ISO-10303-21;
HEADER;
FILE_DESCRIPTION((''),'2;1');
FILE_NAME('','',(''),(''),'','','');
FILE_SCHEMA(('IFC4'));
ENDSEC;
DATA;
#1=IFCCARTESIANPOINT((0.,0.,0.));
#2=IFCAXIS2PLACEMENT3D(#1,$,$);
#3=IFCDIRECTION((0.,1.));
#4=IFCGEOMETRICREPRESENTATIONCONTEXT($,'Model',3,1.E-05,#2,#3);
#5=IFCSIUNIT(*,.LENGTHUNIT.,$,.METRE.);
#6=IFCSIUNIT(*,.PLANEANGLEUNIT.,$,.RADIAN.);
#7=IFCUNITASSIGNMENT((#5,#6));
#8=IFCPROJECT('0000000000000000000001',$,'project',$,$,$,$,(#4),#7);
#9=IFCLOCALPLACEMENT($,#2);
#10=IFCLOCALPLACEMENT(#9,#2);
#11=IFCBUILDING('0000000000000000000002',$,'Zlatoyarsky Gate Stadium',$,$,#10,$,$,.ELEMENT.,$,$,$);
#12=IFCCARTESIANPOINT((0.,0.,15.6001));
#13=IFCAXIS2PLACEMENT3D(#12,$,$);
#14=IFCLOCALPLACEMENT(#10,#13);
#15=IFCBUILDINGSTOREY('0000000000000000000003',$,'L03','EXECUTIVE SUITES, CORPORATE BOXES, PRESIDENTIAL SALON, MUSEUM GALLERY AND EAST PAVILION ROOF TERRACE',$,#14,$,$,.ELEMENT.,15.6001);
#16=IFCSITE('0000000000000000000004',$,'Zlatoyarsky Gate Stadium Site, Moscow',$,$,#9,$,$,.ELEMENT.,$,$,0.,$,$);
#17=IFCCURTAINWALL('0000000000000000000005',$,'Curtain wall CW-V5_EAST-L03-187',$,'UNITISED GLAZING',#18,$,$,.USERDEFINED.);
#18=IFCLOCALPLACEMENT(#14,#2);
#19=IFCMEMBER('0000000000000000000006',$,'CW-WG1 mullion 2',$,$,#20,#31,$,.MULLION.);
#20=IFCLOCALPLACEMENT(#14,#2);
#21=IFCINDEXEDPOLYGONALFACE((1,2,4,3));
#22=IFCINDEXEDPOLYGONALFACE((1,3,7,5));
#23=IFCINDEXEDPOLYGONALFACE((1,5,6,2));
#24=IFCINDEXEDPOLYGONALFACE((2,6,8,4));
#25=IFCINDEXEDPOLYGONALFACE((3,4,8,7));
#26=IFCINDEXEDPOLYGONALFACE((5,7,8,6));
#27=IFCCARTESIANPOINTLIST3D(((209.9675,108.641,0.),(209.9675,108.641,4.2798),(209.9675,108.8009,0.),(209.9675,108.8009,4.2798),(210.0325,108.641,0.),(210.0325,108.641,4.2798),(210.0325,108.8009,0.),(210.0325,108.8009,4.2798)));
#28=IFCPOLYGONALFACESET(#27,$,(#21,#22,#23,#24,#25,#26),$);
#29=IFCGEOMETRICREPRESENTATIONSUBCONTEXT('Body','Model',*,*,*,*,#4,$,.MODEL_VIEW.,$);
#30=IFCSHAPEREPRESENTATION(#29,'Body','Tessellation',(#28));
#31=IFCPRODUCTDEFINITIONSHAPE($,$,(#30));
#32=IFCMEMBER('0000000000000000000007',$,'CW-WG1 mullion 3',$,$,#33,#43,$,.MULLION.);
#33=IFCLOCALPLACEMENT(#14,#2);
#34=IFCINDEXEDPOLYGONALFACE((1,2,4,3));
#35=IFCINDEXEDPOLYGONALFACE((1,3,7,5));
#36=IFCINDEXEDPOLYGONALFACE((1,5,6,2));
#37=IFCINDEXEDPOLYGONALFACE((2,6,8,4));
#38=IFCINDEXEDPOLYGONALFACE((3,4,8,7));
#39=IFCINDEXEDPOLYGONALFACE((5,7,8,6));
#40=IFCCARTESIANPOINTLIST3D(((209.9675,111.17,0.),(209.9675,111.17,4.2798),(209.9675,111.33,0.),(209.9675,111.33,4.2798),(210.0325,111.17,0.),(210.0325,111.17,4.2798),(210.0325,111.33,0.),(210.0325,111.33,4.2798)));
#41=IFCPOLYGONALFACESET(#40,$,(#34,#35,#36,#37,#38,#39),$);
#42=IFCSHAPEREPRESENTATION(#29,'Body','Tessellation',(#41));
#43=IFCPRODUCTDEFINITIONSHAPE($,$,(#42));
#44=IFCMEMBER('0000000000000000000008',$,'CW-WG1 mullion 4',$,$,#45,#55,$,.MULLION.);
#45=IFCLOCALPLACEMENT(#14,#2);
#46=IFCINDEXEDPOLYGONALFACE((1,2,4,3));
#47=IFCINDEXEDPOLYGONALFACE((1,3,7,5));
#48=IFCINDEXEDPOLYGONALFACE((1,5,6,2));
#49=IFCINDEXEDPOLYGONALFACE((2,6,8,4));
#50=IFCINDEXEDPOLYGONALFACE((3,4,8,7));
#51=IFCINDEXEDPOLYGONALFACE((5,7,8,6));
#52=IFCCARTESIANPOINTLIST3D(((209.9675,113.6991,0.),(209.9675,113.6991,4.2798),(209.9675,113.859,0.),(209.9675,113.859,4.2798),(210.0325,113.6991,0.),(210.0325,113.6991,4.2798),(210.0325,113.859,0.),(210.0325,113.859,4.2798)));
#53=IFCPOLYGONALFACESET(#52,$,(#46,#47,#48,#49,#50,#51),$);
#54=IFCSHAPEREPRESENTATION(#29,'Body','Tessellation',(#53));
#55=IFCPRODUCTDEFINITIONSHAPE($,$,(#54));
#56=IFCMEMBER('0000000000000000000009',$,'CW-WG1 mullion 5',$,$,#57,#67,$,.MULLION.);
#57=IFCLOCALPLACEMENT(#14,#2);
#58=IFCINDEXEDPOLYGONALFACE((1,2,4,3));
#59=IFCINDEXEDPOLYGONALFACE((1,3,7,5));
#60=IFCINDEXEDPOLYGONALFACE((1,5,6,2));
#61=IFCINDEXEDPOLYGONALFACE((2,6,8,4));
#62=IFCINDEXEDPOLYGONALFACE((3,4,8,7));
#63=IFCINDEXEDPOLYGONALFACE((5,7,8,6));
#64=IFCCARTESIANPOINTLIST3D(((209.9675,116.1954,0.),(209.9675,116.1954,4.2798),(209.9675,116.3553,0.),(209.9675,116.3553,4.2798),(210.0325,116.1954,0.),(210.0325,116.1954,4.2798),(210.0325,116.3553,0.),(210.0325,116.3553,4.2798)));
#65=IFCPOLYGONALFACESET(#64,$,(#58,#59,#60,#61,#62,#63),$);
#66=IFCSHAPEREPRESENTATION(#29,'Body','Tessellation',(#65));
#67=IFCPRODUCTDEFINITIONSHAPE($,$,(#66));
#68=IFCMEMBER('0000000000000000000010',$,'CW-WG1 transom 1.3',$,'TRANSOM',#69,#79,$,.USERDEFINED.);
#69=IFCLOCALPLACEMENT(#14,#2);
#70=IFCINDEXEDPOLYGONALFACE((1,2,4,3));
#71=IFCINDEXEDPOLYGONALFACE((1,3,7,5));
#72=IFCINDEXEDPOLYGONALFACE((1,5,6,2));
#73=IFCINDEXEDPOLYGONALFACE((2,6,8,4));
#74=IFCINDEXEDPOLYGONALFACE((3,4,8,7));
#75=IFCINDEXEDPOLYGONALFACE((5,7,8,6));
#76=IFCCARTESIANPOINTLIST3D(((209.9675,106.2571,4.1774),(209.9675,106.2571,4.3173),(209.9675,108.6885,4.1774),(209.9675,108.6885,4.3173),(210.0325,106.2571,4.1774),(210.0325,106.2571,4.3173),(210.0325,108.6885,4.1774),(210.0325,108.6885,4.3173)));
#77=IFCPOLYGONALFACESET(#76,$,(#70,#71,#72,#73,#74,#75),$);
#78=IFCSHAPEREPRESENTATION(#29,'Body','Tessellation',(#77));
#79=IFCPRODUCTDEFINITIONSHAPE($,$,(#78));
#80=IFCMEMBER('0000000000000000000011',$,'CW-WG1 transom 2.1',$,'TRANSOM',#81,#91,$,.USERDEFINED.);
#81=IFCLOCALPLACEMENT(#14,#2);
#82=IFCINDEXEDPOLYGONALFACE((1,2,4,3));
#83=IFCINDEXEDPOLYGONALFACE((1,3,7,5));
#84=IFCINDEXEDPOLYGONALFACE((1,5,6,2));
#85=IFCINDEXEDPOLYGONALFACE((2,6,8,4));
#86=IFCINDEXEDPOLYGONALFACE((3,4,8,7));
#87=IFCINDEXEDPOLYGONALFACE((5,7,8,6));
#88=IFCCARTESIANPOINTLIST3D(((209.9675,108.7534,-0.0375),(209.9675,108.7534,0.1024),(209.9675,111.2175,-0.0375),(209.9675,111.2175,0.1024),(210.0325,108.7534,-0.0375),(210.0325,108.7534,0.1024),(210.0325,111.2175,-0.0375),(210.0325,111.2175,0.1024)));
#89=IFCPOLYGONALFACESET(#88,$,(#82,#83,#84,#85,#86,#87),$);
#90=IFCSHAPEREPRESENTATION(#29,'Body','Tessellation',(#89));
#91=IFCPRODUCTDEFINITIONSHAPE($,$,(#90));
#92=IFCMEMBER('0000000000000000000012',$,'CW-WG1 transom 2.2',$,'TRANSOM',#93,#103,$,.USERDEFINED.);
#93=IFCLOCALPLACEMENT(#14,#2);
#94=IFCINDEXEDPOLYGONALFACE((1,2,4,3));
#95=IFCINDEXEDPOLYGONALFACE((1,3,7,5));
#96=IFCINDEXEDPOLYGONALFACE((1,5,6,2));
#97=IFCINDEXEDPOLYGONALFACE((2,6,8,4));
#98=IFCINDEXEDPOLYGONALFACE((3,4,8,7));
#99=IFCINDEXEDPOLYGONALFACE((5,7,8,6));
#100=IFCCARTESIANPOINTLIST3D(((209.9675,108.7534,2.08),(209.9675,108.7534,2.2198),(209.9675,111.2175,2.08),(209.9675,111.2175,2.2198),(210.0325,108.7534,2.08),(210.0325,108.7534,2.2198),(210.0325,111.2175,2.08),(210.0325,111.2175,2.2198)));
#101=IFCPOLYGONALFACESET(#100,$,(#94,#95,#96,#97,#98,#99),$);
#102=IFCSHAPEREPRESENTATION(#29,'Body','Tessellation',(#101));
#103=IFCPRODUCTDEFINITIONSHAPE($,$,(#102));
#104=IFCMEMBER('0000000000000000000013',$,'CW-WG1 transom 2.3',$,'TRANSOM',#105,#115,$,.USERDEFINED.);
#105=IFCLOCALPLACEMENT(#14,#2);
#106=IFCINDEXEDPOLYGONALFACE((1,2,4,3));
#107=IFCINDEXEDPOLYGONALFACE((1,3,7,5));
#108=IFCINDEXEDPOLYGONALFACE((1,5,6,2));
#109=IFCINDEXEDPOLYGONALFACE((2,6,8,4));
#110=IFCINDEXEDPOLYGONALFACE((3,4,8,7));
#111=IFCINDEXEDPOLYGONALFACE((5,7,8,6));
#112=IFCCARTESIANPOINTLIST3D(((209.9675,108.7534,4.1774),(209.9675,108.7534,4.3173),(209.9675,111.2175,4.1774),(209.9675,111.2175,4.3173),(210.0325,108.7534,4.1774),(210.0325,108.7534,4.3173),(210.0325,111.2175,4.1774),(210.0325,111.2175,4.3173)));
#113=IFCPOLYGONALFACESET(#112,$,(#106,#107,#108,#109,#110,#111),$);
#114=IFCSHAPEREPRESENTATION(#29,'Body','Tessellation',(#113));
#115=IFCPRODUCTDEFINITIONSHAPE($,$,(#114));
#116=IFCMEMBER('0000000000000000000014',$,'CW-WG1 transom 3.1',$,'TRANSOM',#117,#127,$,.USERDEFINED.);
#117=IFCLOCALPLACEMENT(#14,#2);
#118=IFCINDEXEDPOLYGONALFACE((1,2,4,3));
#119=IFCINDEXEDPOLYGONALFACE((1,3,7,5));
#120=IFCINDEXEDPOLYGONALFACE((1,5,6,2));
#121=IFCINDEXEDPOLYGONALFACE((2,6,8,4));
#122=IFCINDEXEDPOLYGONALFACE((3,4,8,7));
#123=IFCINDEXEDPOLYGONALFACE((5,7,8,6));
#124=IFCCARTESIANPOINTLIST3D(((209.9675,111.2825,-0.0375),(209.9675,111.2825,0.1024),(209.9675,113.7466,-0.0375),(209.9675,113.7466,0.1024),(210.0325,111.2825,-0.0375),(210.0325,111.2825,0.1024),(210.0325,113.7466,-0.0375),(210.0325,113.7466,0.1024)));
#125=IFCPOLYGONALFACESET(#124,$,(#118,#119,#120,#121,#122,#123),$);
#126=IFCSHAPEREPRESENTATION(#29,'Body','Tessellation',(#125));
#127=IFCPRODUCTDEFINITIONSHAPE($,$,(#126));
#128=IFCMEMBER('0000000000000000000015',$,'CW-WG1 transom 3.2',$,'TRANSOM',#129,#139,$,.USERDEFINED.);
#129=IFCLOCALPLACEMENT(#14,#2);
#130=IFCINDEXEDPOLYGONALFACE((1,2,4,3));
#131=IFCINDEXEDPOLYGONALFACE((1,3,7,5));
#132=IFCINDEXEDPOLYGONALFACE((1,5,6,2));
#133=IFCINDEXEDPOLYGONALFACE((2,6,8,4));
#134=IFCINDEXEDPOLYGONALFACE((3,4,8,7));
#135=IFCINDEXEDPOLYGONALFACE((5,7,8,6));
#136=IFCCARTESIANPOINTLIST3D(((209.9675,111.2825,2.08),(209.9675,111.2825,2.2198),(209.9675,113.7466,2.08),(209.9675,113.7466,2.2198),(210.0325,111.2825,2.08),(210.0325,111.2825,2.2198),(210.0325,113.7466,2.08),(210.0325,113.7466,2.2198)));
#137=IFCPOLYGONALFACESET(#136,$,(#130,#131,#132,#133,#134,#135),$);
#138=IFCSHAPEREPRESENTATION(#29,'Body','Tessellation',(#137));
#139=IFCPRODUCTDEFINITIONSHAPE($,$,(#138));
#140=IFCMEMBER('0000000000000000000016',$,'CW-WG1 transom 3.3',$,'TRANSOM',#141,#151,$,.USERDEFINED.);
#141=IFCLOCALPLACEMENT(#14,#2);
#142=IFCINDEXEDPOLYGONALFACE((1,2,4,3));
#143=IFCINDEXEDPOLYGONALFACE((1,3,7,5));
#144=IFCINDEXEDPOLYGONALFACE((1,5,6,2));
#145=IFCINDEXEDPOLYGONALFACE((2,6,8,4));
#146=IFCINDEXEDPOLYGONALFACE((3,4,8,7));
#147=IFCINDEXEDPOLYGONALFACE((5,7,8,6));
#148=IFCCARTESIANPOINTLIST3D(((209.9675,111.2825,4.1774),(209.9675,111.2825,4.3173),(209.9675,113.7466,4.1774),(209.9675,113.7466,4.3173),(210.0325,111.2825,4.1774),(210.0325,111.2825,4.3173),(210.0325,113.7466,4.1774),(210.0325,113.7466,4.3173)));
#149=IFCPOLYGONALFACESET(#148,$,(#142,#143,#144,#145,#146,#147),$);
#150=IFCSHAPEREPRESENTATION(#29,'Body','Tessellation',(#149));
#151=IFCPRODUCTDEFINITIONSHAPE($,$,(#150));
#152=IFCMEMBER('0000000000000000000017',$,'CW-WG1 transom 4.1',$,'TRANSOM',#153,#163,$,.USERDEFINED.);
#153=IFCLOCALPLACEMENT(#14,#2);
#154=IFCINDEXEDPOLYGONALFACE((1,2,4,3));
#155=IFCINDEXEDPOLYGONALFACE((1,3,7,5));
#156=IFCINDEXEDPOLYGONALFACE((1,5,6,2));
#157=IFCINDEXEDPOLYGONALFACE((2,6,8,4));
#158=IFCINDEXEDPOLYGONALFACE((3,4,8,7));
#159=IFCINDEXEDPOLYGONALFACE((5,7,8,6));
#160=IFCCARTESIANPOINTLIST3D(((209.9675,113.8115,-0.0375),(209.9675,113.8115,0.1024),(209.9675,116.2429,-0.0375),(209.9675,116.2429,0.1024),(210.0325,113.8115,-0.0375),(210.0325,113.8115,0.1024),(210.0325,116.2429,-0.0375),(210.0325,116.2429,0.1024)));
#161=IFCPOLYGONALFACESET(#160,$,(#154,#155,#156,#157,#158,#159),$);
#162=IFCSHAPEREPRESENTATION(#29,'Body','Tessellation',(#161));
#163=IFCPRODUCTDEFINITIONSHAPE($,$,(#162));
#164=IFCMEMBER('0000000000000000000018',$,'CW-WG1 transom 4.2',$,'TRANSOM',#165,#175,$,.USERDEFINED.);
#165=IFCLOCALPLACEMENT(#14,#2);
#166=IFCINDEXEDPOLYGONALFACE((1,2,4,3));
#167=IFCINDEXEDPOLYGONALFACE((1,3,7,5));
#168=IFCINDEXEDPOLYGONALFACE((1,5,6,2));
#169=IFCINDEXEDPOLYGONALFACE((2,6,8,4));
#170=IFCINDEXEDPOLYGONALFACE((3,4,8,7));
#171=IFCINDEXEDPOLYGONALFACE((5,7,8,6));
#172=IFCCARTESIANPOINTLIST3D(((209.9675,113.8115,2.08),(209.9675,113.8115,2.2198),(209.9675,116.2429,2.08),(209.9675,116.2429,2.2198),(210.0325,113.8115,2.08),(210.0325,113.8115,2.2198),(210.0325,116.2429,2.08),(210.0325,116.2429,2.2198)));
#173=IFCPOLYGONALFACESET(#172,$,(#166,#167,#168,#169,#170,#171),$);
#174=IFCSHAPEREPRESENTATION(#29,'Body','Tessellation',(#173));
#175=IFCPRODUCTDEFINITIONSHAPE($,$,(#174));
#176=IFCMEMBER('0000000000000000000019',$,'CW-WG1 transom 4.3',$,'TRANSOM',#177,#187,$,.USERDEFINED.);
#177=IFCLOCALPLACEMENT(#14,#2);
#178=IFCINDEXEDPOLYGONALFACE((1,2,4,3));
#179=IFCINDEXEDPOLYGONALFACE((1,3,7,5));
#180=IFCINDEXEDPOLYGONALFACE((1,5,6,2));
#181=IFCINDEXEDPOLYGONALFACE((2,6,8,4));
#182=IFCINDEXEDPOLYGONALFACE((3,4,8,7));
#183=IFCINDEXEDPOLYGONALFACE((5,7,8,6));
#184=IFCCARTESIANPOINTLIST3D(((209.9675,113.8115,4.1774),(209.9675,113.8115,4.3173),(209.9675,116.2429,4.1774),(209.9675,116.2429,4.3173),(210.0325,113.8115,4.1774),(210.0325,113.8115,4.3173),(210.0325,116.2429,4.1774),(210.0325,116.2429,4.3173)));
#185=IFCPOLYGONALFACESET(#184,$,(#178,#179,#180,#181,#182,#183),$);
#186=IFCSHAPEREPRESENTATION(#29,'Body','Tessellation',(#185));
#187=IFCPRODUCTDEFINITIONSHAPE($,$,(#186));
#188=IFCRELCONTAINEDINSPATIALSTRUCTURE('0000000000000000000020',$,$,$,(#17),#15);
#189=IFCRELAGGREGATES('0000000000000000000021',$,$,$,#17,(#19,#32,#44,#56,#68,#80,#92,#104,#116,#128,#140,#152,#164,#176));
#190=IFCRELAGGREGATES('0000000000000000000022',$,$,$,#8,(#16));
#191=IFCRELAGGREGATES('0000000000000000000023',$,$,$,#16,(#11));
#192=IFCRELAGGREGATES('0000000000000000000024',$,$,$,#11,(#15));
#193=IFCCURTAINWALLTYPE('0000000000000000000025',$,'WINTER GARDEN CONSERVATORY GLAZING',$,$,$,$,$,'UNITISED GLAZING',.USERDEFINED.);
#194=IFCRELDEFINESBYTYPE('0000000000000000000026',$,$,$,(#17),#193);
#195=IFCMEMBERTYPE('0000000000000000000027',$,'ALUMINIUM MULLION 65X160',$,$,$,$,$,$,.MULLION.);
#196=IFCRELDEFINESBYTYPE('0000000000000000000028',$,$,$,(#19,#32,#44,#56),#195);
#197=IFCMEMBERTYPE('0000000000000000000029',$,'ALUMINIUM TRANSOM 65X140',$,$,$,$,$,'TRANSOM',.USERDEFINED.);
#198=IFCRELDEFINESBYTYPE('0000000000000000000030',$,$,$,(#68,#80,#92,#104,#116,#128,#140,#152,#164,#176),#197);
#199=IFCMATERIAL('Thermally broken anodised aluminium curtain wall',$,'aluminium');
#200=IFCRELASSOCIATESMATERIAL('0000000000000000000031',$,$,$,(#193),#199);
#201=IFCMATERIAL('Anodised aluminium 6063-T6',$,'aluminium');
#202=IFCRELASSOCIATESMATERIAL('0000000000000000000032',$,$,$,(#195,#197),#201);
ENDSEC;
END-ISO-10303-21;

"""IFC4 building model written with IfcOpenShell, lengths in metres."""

from ifc_helpers import new_model, si_unit, direction, frame, origin, origin_2d, place, context, subcontext, project, spatial, rectangle, extrude, material, material_profile, profile_set, type_object, element, aggregate, save


model = new_model("IFC4")

# Units and contexts
model_context = context("Model", 3, precision=1e-05, world=origin(), true_north=direction((0.0, 1.0)))
body_context = subcontext(model_context, "Body", "Model", "MODEL_VIEW")
ifc_project = project(units=[si_unit("LENGTHUNIT", "METRE"), si_unit("PLANEANGLEUNIT", "RADIAN")], contexts=[model_context])

# Site, building, storey
site_placement = place(None, origin())
site = spatial("IfcSite", under=ifc_project, at=site_placement, Name="Zlatoyarsky Gate Stadium Site, Moscow", CompositionType="ELEMENT", RefElevation=0.0)
building_placement = place(site_placement, origin())
building = spatial("IfcBuilding", under=site, at=building_placement, Name="Zlatoyarsky Gate Stadium", CompositionType="ELEMENT")
storey_placement = place(building_placement, frame((0.0, 0.0, 15.6001)))
storey = spatial("IfcBuildingStorey", under=building, at=storey_placement, Name="L03", Description="EXECUTIVE SUITES, CORPORATE BOXES, PRESIDENTIAL SALON, MUSEUM GALLERY AND EAST PAVILION ROOF TERRACE", CompositionType="ELEMENT", Elevation=15.6001)

# Curtain wall, members
ifc_material_1 = material(Name="Thermally broken anodised aluminium curtain wall", Category="aluminium")
curtain_wall_type = type_object("IfcCurtainWallType", Name="WINTER GARDEN CONSERVATORY GLAZING", ElementType="UNITISED GLAZING", PredefinedType="USERDEFINED", material=ifc_material_1)
curtain_wall_placement = place(storey_placement, origin())
curtain_wall = element("IfcCurtainWall", 1, at=curtain_wall_placement, inside=storey, type_object=curtain_wall_type, Name="Curtain wall CW-V5_EAST-L03-187", ObjectType="UNITISED GLAZING", PredefinedType="USERDEFINED")
ifc_material_2 = material(Name="Anodised aluminium 6063-T6", Category="aluminium")
ifc_material_profile_1 = material_profile(ifc_material_2, rectangle(XDim=0.0649, YDim=0.1599, at=origin_2d()), Name="ALU 65X160")
ifc_profile_set_1 = profile_set([ifc_material_profile_1], Name="Anodised aluminium 6063-T6")
member_type_1 = type_object("IfcMemberType", Name="ALUMINIUM MULLION 65X160", PredefinedType="MULLION", material=ifc_profile_set_1)
member_1_placement = place(storey_placement, frame((210.0, 108.7209, 0.0), z_axis=(0.0, 0.0, 1.0), x_axis=(-1.0, 0.0, 0.0)))
member_1 = element("IfcMember", 2, at=member_1_placement, type_object=member_type_1, Name="CW-WG1 mullion 2", PredefinedType="MULLION", context=body_context, shape_type="SweptSolid", body=[
    extrude(rectangle(XDim=0.0649, YDim=0.1599, at=origin_2d()), origin(), (0.0, 0.0, 1.0), 4.2798),
])
member_2_placement = place(storey_placement, frame((210.0, 111.25, 0.0), z_axis=(0.0, 0.0, 1.0), x_axis=(-1.0, 0.0, 0.0)))
member_2 = element("IfcMember", 3, at=member_2_placement, type_object=member_type_1, Name="CW-WG1 mullion 3", PredefinedType="MULLION", context=body_context, shape_type="SweptSolid", body=[
    extrude(rectangle(XDim=0.0649, YDim=0.1599, at=origin_2d()), origin(), (0.0, 0.0, 1.0), 4.2798),
])
member_3_placement = place(storey_placement, frame((210.0, 113.7791, 0.0), z_axis=(0.0, 0.0, 1.0), x_axis=(-1.0, 0.0, 0.0)))
member_3 = element("IfcMember", 4, at=member_3_placement, type_object=member_type_1, Name="CW-WG1 mullion 4", PredefinedType="MULLION", context=body_context, shape_type="SweptSolid", body=[
    extrude(rectangle(XDim=0.0649, YDim=0.1599, at=origin_2d()), origin(), (0.0, 0.0, 1.0), 4.2798),
])
member_4_placement = place(storey_placement, frame((210.0, 116.2754, 0.0), z_axis=(0.0, 0.0, 1.0), x_axis=(-1.0, 0.0, 0.0)))
member_4 = element("IfcMember", 5, at=member_4_placement, type_object=member_type_1, Name="CW-WG1 mullion 5", PredefinedType="MULLION", context=body_context, shape_type="SweptSolid", body=[
    extrude(rectangle(XDim=0.0649, YDim=0.1599, at=origin_2d()), origin(), (0.0, 0.0, 1.0), 4.2798),
])
ifc_material_profile_2 = material_profile(ifc_material_2, rectangle(XDim=0.0649, YDim=0.1399, at=origin_2d()), Name="ALU 65X140")
ifc_profile_set_2 = profile_set([ifc_material_profile_2], Name="Anodised aluminium 6063-T6")
member_type_2 = type_object("IfcMemberType", Name="ALUMINIUM TRANSOM 65X140", ElementType="TRANSOM", PredefinedType="USERDEFINED", material=ifc_profile_set_2)
member_5_placement = place(storey_placement, frame((210.0, 106.2571, 4.2473), z_axis=(0.0, 1.0, 0.0), x_axis=(-1.0, 0.0, 0.0)))
member_5 = element("IfcMember", 6, at=member_5_placement, type_object=member_type_2, Name="CW-WG1 transom 1.3", ObjectType="TRANSOM", PredefinedType="USERDEFINED", context=body_context, shape_type="SweptSolid", body=[
    extrude(rectangle(XDim=0.0649, YDim=0.1399, at=origin_2d()), origin(), (0.0, 0.0, 1.0), 2.4314),
])
member_6_placement = place(storey_placement, frame((210.0, 108.7534, 0.0325), z_axis=(0.0, 1.0, 0.0), x_axis=(-1.0, 0.0, 0.0)))
member_6 = element("IfcMember", 7, at=member_6_placement, type_object=member_type_2, Name="CW-WG1 transom 2.1", ObjectType="TRANSOM", PredefinedType="USERDEFINED", context=body_context, shape_type="SweptSolid", body=[
    extrude(rectangle(XDim=0.0649, YDim=0.1399, at=origin_2d()), origin(), (0.0, 0.0, 1.0), 2.4641),
])
member_7_placement = place(storey_placement, frame((210.0, 108.7534, 2.1499), z_axis=(0.0, 1.0, 0.0), x_axis=(-1.0, 0.0, 0.0)))
member_7 = element("IfcMember", 8, at=member_7_placement, type_object=member_type_2, Name="CW-WG1 transom 2.2", ObjectType="TRANSOM", PredefinedType="USERDEFINED", context=body_context, shape_type="SweptSolid", body=[
    extrude(rectangle(XDim=0.0649, YDim=0.1399, at=origin_2d()), origin(), (0.0, 0.0, 1.0), 2.4641),
])
member_8_placement = place(storey_placement, frame((210.0, 108.7534, 4.2473), z_axis=(0.0, 1.0, 0.0), x_axis=(-1.0, 0.0, 0.0)))
member_8 = element("IfcMember", 9, at=member_8_placement, type_object=member_type_2, Name="CW-WG1 transom 2.3", ObjectType="TRANSOM", PredefinedType="USERDEFINED", context=body_context, shape_type="SweptSolid", body=[
    extrude(rectangle(XDim=0.0649, YDim=0.1399, at=origin_2d()), origin(), (0.0, 0.0, 1.0), 2.4641),
])
member_9_placement = place(storey_placement, frame((210.0, 111.2825, 0.0325), z_axis=(0.0, 1.0, 0.0), x_axis=(-1.0, 0.0, 0.0)))
member_9 = element("IfcMember", 10, at=member_9_placement, type_object=member_type_2, Name="CW-WG1 transom 3.1", ObjectType="TRANSOM", PredefinedType="USERDEFINED", context=body_context, shape_type="SweptSolid", body=[
    extrude(rectangle(XDim=0.0649, YDim=0.1399, at=origin_2d()), origin(), (0.0, 0.0, 1.0), 2.4641),
])
member_10_placement = place(storey_placement, frame((210.0, 111.2825, 2.1499), z_axis=(0.0, 1.0, 0.0), x_axis=(-1.0, 0.0, 0.0)))
member_10 = element("IfcMember", 11, at=member_10_placement, type_object=member_type_2, Name="CW-WG1 transom 3.2", ObjectType="TRANSOM", PredefinedType="USERDEFINED", context=body_context, shape_type="SweptSolid", body=[
    extrude(rectangle(XDim=0.0649, YDim=0.1399, at=origin_2d()), origin(), (0.0, 0.0, 1.0), 2.4641),
])
member_11_placement = place(storey_placement, frame((210.0, 111.2825, 4.2473), z_axis=(0.0, 1.0, 0.0), x_axis=(-1.0, 0.0, 0.0)))
member_11 = element("IfcMember", 12, at=member_11_placement, type_object=member_type_2, Name="CW-WG1 transom 3.3", ObjectType="TRANSOM", PredefinedType="USERDEFINED", context=body_context, shape_type="SweptSolid", body=[
    extrude(rectangle(XDim=0.0649, YDim=0.1399, at=origin_2d()), origin(), (0.0, 0.0, 1.0), 2.4641),
])
member_12_placement = place(storey_placement, frame((210.0, 113.8115, 0.0325), z_axis=(0.0, 1.0, 0.0), x_axis=(-1.0, 0.0, 0.0)))
member_12 = element("IfcMember", 13, at=member_12_placement, type_object=member_type_2, Name="CW-WG1 transom 4.1", ObjectType="TRANSOM", PredefinedType="USERDEFINED", context=body_context, shape_type="SweptSolid", body=[
    extrude(rectangle(XDim=0.0649, YDim=0.1399, at=origin_2d()), origin(), (0.0, 0.0, 1.0), 2.4314),
])
member_13_placement = place(storey_placement, frame((210.0, 113.8115, 2.1499), z_axis=(0.0, 1.0, 0.0), x_axis=(-1.0, 0.0, 0.0)))
member_13 = element("IfcMember", 14, at=member_13_placement, type_object=member_type_2, Name="CW-WG1 transom 4.2", ObjectType="TRANSOM", PredefinedType="USERDEFINED", context=body_context, shape_type="SweptSolid", body=[
    extrude(rectangle(XDim=0.0649, YDim=0.1399, at=origin_2d()), origin(), (0.0, 0.0, 1.0), 2.4314),
])
member_14_placement = place(storey_placement, frame((210.0, 113.8115, 4.2473), z_axis=(0.0, 1.0, 0.0), x_axis=(-1.0, 0.0, 0.0)))
member_14 = element("IfcMember", 15, at=member_14_placement, type_object=member_type_2, Name="CW-WG1 transom 4.3", ObjectType="TRANSOM", PredefinedType="USERDEFINED", context=body_context, shape_type="SweptSolid", body=[
    extrude(rectangle(XDim=0.0649, YDim=0.1399, at=origin_2d()), origin(), (0.0, 0.0, 1.0), 2.4314),
])

aggregate(curtain_wall, [member_1, member_2, member_3, member_4, member_5, member_6, member_7, member_8, member_9, member_10, member_11, member_12, member_13, member_14])

save(model, "model.ifc")
